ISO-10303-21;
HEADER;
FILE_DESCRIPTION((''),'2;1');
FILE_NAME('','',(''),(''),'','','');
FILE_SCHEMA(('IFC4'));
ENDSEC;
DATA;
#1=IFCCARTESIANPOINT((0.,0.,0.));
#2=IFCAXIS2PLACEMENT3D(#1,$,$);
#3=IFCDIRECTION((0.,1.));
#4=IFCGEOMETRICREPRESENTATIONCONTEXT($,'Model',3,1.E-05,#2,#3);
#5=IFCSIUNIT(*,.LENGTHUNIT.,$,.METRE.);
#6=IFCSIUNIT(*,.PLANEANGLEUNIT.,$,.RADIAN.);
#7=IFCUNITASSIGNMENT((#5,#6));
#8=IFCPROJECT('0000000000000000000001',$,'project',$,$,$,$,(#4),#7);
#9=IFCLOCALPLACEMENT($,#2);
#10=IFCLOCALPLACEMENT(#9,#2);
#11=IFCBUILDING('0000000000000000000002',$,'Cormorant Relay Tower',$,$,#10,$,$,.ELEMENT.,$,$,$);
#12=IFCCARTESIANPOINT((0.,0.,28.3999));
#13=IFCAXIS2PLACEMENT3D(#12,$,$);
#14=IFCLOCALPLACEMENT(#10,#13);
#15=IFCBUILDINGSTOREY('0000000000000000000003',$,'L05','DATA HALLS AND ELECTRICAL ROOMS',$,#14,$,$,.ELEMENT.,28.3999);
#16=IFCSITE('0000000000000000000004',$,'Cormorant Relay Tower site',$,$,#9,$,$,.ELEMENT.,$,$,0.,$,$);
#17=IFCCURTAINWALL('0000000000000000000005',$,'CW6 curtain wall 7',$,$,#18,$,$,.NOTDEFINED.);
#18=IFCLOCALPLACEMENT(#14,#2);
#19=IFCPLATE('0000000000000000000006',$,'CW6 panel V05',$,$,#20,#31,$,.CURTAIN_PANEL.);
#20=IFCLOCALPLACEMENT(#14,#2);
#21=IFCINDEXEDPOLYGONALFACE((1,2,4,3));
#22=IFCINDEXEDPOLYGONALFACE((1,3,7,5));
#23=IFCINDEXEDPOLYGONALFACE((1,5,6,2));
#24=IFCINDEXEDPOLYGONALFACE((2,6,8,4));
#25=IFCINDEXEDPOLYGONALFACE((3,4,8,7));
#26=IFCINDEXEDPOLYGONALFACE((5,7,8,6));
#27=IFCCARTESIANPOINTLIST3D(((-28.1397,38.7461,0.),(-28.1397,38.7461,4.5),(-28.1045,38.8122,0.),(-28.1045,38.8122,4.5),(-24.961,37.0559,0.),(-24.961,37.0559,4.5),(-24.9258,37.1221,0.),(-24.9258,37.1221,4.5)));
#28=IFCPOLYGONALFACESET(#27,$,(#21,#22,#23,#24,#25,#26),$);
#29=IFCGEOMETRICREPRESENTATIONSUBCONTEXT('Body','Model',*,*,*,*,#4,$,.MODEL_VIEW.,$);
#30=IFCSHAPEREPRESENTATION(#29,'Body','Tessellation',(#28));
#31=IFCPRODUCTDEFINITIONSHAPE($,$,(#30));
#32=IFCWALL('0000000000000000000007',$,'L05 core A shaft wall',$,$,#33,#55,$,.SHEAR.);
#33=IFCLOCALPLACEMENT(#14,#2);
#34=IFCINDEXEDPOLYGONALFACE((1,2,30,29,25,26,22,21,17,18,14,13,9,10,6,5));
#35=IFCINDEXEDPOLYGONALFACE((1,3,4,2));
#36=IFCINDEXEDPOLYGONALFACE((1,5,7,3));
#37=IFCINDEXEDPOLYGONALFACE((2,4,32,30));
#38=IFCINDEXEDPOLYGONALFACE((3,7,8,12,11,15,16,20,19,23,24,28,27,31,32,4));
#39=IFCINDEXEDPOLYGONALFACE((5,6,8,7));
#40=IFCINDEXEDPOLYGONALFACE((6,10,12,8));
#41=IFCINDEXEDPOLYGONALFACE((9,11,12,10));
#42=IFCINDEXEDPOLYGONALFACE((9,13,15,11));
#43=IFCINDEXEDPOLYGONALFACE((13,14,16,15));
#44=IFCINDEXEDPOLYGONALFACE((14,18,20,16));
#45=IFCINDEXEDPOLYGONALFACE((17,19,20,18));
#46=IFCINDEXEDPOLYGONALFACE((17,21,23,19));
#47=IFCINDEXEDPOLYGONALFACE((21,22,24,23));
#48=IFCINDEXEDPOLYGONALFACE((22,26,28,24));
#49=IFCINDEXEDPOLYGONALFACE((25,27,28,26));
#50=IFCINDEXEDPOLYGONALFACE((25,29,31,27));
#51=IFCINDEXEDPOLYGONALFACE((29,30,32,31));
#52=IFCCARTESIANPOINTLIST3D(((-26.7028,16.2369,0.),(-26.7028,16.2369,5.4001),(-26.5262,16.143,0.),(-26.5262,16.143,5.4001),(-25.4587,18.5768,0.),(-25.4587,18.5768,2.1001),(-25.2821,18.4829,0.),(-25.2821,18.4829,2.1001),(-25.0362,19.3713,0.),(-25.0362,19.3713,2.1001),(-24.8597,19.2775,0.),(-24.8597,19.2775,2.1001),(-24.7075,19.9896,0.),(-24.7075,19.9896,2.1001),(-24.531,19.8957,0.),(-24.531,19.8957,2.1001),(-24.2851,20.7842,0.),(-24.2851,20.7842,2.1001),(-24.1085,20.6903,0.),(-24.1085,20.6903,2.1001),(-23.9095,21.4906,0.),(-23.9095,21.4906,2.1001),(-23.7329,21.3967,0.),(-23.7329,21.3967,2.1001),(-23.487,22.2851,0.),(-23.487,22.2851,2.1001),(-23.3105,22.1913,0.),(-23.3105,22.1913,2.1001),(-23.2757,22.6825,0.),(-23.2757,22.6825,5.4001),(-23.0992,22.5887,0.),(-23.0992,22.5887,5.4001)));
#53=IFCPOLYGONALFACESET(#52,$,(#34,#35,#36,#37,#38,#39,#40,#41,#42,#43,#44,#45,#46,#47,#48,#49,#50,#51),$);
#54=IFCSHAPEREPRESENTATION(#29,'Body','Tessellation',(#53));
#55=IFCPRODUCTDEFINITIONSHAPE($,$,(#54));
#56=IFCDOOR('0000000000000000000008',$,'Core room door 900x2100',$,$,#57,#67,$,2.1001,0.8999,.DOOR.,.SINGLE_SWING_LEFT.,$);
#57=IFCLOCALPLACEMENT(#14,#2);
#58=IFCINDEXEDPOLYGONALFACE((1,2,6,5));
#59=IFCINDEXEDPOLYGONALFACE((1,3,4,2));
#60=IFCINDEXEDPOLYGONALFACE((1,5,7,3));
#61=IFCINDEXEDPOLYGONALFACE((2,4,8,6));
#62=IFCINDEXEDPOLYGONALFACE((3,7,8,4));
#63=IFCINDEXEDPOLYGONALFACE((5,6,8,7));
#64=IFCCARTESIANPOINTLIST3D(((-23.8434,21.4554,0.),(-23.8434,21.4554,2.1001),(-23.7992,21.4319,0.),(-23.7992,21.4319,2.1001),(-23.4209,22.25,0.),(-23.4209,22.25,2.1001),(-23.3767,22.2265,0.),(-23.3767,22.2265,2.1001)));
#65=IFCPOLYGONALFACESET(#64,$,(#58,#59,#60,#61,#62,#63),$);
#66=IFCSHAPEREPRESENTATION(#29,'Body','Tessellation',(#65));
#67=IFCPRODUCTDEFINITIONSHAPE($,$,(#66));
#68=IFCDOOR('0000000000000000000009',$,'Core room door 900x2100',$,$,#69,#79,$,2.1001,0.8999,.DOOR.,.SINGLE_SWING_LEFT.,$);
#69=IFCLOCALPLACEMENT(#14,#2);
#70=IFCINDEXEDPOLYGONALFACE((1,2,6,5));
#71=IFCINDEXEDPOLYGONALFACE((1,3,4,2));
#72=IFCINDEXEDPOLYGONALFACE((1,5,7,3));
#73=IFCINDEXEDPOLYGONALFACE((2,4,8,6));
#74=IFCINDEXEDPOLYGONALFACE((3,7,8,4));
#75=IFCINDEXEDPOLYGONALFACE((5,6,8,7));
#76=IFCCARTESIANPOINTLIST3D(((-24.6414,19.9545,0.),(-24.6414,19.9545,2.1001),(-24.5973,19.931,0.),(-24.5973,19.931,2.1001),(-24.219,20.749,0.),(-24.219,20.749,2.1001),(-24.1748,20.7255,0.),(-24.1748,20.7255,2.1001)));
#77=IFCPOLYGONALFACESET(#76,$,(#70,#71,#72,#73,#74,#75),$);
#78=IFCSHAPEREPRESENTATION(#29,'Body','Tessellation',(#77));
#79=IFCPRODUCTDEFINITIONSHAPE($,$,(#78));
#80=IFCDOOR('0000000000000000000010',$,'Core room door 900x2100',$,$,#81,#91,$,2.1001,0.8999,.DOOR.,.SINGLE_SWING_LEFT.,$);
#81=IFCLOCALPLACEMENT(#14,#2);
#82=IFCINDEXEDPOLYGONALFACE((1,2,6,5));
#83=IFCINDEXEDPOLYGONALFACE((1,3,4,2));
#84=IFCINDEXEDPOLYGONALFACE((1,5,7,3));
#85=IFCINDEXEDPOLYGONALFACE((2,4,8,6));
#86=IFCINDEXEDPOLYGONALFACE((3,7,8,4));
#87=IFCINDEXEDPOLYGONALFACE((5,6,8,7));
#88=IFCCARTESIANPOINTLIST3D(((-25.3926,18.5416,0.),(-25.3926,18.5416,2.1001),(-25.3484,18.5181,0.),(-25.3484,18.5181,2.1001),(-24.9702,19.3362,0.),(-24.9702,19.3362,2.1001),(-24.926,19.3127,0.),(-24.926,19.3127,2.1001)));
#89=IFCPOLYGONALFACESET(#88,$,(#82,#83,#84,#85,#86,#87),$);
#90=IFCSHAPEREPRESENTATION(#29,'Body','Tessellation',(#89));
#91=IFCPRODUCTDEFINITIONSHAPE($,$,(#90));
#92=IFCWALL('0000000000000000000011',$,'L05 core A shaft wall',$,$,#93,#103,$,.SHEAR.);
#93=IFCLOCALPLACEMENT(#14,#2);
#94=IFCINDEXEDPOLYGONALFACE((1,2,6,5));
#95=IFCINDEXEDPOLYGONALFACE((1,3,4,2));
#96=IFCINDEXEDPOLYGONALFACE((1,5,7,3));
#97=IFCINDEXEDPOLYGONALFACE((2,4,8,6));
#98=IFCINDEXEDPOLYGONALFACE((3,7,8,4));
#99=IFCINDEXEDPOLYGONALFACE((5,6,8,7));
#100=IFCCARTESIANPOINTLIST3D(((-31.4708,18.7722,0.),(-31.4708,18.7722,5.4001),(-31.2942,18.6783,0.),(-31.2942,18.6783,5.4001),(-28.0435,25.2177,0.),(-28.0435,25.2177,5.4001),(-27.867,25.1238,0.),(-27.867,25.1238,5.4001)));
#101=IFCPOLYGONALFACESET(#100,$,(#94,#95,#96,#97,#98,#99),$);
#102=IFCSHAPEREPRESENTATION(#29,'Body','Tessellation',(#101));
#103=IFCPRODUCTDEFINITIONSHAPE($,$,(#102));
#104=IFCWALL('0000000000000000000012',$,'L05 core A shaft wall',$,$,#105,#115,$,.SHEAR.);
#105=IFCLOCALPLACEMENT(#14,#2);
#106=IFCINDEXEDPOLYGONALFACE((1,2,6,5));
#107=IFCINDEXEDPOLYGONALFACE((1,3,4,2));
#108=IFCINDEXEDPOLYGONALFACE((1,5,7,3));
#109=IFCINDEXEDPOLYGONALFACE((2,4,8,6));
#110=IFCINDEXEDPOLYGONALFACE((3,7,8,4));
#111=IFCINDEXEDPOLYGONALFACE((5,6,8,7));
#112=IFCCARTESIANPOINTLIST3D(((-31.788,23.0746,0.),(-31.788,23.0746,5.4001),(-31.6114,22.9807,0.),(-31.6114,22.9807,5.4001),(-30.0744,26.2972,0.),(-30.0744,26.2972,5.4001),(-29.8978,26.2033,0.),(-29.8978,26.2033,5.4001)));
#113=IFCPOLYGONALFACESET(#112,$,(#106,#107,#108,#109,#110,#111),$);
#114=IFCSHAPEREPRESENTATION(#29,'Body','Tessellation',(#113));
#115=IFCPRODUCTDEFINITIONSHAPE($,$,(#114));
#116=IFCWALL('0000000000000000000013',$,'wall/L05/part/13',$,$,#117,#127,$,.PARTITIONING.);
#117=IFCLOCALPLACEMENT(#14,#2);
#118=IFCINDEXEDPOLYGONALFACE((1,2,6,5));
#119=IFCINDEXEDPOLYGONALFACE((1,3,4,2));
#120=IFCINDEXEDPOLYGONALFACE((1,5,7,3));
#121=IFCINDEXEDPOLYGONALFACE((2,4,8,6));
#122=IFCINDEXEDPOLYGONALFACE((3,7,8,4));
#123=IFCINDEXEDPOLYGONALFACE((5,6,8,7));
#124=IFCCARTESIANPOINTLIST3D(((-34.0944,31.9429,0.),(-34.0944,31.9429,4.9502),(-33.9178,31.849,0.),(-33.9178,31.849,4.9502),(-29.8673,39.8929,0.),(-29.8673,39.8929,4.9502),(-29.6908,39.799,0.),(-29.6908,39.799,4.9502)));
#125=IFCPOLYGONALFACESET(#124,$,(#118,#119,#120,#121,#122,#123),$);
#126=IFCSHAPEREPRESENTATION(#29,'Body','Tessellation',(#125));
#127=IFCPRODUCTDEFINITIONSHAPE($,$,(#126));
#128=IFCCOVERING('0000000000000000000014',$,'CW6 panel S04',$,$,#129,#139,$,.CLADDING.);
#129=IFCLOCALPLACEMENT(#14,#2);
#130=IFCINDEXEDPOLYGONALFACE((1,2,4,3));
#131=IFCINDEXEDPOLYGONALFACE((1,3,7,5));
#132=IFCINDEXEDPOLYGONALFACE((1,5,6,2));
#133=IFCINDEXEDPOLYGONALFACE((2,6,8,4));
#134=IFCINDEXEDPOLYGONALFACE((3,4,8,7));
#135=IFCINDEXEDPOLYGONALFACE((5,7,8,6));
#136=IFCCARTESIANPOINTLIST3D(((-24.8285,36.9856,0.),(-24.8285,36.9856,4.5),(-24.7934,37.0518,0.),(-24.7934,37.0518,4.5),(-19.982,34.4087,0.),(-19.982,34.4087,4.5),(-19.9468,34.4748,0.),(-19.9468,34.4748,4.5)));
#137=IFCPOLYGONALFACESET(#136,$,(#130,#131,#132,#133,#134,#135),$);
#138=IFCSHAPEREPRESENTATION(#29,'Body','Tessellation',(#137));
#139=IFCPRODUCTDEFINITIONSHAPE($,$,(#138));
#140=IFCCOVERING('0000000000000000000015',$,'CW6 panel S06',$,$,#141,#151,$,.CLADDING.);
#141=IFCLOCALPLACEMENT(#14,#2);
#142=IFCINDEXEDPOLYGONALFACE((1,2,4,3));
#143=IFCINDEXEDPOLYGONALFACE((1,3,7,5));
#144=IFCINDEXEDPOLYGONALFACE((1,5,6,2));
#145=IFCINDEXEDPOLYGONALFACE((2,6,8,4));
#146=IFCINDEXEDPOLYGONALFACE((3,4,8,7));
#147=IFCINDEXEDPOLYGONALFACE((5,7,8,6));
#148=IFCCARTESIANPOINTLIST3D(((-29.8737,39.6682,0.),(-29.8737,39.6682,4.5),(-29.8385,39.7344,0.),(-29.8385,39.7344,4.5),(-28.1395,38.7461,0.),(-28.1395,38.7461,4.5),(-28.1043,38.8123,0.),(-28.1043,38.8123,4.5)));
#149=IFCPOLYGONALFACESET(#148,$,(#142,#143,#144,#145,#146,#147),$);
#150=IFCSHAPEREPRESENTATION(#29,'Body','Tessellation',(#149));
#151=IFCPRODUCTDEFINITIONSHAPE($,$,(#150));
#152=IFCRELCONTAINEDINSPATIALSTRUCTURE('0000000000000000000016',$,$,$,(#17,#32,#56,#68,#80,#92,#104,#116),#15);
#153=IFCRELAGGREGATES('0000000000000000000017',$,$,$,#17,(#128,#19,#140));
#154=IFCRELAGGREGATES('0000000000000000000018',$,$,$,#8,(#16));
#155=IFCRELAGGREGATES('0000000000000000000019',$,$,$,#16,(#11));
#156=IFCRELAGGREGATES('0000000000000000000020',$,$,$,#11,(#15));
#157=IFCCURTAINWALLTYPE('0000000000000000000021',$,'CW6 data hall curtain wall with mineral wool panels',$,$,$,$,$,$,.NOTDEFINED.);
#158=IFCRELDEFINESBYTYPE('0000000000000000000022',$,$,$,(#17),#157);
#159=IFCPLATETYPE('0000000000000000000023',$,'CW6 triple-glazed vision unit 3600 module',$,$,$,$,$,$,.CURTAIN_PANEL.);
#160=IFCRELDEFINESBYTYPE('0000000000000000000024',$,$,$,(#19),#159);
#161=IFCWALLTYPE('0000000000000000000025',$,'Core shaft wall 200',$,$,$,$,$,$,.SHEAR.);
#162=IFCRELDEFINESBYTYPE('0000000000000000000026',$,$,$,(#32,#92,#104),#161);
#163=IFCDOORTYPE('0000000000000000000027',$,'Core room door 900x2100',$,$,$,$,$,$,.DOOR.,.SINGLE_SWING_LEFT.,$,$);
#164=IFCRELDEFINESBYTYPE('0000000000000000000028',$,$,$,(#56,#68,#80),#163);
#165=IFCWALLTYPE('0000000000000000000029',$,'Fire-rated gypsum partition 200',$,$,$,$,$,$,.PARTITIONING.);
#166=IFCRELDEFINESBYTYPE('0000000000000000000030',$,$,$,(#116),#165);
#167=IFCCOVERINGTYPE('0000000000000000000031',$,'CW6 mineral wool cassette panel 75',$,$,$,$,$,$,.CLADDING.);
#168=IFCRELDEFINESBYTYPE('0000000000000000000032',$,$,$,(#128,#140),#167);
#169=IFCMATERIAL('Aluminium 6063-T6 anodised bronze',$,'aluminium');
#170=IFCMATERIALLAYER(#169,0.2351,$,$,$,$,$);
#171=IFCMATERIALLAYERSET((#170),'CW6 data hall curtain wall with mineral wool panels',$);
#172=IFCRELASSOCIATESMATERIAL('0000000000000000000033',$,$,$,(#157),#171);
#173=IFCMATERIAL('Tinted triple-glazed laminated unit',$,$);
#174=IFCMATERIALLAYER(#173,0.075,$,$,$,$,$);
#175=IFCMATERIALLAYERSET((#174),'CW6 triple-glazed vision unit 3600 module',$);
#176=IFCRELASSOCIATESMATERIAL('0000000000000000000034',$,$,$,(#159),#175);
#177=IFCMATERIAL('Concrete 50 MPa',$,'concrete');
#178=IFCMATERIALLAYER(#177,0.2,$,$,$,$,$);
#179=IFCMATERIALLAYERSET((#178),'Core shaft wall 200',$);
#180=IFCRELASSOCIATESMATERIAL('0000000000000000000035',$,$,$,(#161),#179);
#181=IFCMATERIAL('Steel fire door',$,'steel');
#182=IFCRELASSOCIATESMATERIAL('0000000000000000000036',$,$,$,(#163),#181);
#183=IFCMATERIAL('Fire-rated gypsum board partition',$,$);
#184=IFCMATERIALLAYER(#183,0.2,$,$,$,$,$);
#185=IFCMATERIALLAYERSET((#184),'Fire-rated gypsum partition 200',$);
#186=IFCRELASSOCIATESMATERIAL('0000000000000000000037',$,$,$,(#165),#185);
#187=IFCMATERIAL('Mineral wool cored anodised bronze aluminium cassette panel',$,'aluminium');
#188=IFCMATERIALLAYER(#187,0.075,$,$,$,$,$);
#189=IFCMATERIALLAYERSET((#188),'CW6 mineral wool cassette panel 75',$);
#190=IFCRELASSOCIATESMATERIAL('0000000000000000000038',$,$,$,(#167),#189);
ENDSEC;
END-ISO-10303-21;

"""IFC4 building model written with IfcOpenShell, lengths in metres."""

from ifc_helpers import new_model, si_unit, direction, frame, frame_2d, origin, origin_2d, place, context, subcontext, project, spatial, rectangle, extrude, material, layer, layer_set, type_object, element, fill, aggregate, save


model = new_model("IFC4")

# Units and contexts
model_context = context("Model", 3, precision=1e-05, world=origin(), true_north=direction((0.0, 1.0)))
body_context = subcontext(model_context, "Body", "Model", "MODEL_VIEW")
ifc_project = project(units=[si_unit("LENGTHUNIT", "METRE"), si_unit("PLANEANGLEUNIT", "RADIAN")], contexts=[model_context])

# Site, building, storey
site_placement = place(None, origin())
site = spatial("IfcSite", under=ifc_project, at=site_placement, Name="Cormorant Relay Tower site", CompositionType="ELEMENT", RefElevation=0.0)
building_placement = place(site_placement, origin())
building = spatial("IfcBuilding", under=site, at=building_placement, Name="Cormorant Relay Tower", CompositionType="ELEMENT")
storey_placement = place(building_placement, frame((0.0, 0.0, 28.3999)))
storey = spatial("IfcBuildingStorey", under=building, at=storey_placement, Name="L05", Description="DATA HALLS AND ELECTRICAL ROOMS", CompositionType="ELEMENT", Elevation=28.3999)

# Curtain wall
ifc_material_1 = material(Name="Aluminium 6063-T6 anodised bronze", Category="aluminium")
ifc_layer_1 = layer(ifc_material_1, 0.2351)
ifc_layer_set_1 = layer_set([ifc_layer_1], Name="CW6 data hall curtain wall with mineral wool panels")
curtain_wall_type = type_object("IfcCurtainWallType", Name="CW6 data hall curtain wall with mineral wool panels", PredefinedType="NOTDEFINED", material=ifc_layer_set_1)
curtain_wall_1_placement = place(storey_placement, origin())
curtain_wall_1 = element("IfcCurtainWall", 1, at=curtain_wall_1_placement, inside=storey, type_object=curtain_wall_type, Name="CW6 curtain wall 7", PredefinedType="NOTDEFINED")

# Plate
ifc_material_2 = material(Name="Tinted triple-glazed laminated unit")
ifc_layer_2 = layer(ifc_material_2, 0.075)
ifc_layer_set_2 = layer_set([ifc_layer_2], Name="CW6 triple-glazed vision unit 3600 module")
plate_type = type_object("IfcPlateType", Name="CW6 triple-glazed vision unit 3600 module", PredefinedType="CURTAIN_PANEL", material=ifc_layer_set_2)
plate_placement = place(storey_placement, frame((-26.5327, 37.9341, 0.0), z_axis=(0.0, 0.0, 1.0), x_axis=(-0.882948, 0.469472, 0.0)))
plate = element("IfcPlate", 2, at=plate_placement, type_object=plate_type, Name="CW6 panel V05", PredefinedType="CURTAIN_PANEL", context=body_context, shape_type="SweptSolid", body=[
    extrude(rectangle(XDim=3.6001, YDim=0.075, at=origin_2d()), origin(), (0.0, 0.0, 1.0), 4.5),
])

# Wall, openings, doors
ifc_material_3 = material(Name="Concrete 50 MPa", Category="concrete")
ifc_layer_3 = layer(ifc_material_3, 0.2)
ifc_layer_set_3 = layer_set([ifc_layer_3], Name="Core shaft wall 200")
wall_type_1 = type_object("IfcWallType", Name="Core shaft wall 200", PredefinedType="SHEAR", material=ifc_layer_set_3)
wall_1_placement = place(storey_placement, frame((-23.1875, 22.6355, 0.0), z_axis=(0.0, 0.0, 1.0), x_axis=(-0.469454, -0.882957, 0.0)))
wall_1 = element("IfcWall", 3, at=wall_1_placement, inside=storey, type_object=wall_type_1, Name="L05 core A shaft wall", PredefinedType="SHEAR", context=body_context, shape_type="SweptSolid", body=[
    extrude(rectangle(XDim=7.3, YDim=0.2, at=frame_2d((3.6499, 0.0))), origin(), (0.0, 0.0, 1.0), 5.4001),
])
opening_1_placement = place(wall_1_placement, frame((0.45, 0.0, 0.0)))
opening_1 = element("IfcOpeningElement", 4, at=opening_1_placement, cuts=wall_1, PredefinedType="OPENING", context=body_context, shape_type="SweptSolid", body=[
    extrude(rectangle(XDim=0.8999, YDim=2.1001, at=frame_2d((0.45, 1.05))), frame((0.0, 0.1099, 0.0), z_axis=(0.0, -1.0, 0.0), x_axis=(1.0, 0.0, 0.0)), (0.0, 0.0, 1.0), 0.22),
])
opening_2_placement = place(wall_1_placement, frame((2.1499, 0.0, 0.0)))
opening_2 = element("IfcOpeningElement", 5, at=opening_2_placement, cuts=wall_1, PredefinedType="OPENING", context=body_context, shape_type="SweptSolid", body=[
    extrude(rectangle(XDim=0.8999, YDim=2.1001, at=frame_2d((0.45, 1.05))), frame((0.0, 0.1099, 0.0), z_axis=(0.0, -1.0, 0.0), x_axis=(1.0, 0.0, 0.0)), (0.0, 0.0, 1.0), 0.22),
])
opening_3_placement = place(wall_1_placement, frame((3.75, 0.0, 0.0)))
opening_3 = element("IfcOpeningElement", 6, at=opening_3_placement, cuts=wall_1, PredefinedType="OPENING", context=body_context, shape_type="SweptSolid", body=[
    extrude(rectangle(XDim=0.8999, YDim=2.1001, at=frame_2d((0.45, 1.05))), frame((0.0, 0.1099, 0.0), z_axis=(0.0, -1.0, 0.0), x_axis=(1.0, 0.0, 0.0)), (0.0, 0.0, 1.0), 0.22),
])
ifc_material_4 = material(Name="Steel fire door", Category="steel")
door_type_1 = type_object("IfcDoorType", Name="Core room door 900x2100", OperationType="SINGLE_SWING_LEFT", PredefinedType="DOOR", material=ifc_material_4)
door_1_placement = place(opening_1_placement, origin())
door_1 = element("IfcDoor", 7, at=door_1_placement, inside=storey, type_object=door_type_1, Name="Core room door 900x2100", OperationType="SINGLE_SWING_LEFT", OverallHeight=2.1001, OverallWidth=0.8999, PredefinedType="DOOR", context=body_context, shape_type="SweptSolid", body=[
    extrude(rectangle(XDim=0.8999, YDim=2.1001, at=frame_2d((0.45, 1.05))), frame((0.0, 0.0249, 0.0), z_axis=(0.0, -1.0, 0.0), x_axis=(1.0, 0.0, 0.0)), (0.0, 0.0, 1.0), 0.05),
])
fill(opening_1, door_1)
door_2_placement = place(opening_2_placement, origin())
door_2 = element("IfcDoor", 8, at=door_2_placement, inside=storey, type_object=door_type_1, Name="Core room door 900x2100", OperationType="SINGLE_SWING_LEFT", OverallHeight=2.1001, OverallWidth=0.8999, PredefinedType="DOOR", context=body_context, shape_type="SweptSolid", body=[
    extrude(rectangle(XDim=0.8999, YDim=2.1001, at=frame_2d((0.45, 1.05))), frame((0.0, 0.0249, 0.0), z_axis=(0.0, -1.0, 0.0), x_axis=(1.0, 0.0, 0.0)), (0.0, 0.0, 1.0), 0.05),
])
fill(opening_2, door_2)
door_3_placement = place(opening_3_placement, origin())
door_3 = element("IfcDoor", 9, at=door_3_placement, inside=storey, type_object=door_type_1, Name="Core room door 900x2100", OperationType="SINGLE_SWING_LEFT", OverallHeight=2.1001, OverallWidth=0.8999, PredefinedType="DOOR", context=body_context, shape_type="SweptSolid", body=[
    extrude(rectangle(XDim=0.8999, YDim=2.1001, at=frame_2d((0.45, 1.05))), frame((0.0, 0.0249, 0.0), z_axis=(0.0, -1.0, 0.0), x_axis=(1.0, 0.0, 0.0)), (0.0, 0.0, 1.0), 0.05),
])
fill(opening_3, door_3)

# Walls
wall_2_placement = place(storey_placement, frame((-27.9553, 25.1707, 0.0), z_axis=(0.0, 0.0, 1.0), x_axis=(-0.46948, -0.882943, 0.0)))
element("IfcWall", 10, at=wall_2_placement, inside=storey, type_object=wall_type_1, Name="L05 core A shaft wall", PredefinedType="SHEAR", context=body_context, shape_type="SweptSolid", body=[
    extrude(rectangle(XDim=7.3, YDim=0.2, at=frame_2d((3.6499, 0.0))), origin(), (0.0, 0.0, 1.0), 5.4001),
])
wall_3_placement = place(storey_placement, frame((-29.9861, 26.2502, 0.0), z_axis=(0.0, 0.0, 1.0), x_axis=(-0.469494, -0.882936, 0.0)))
element("IfcWall", 11, at=wall_3_placement, inside=storey, type_object=wall_type_1, Name="L05 core A shaft wall", PredefinedType="SHEAR", context=body_context, shape_type="SweptSolid", body=[
    extrude(rectangle(XDim=3.6499, YDim=0.2, at=frame_2d((1.825, 0.0))), origin(), (0.0, 0.0, 1.0), 5.4001),
])

# Wall
ifc_material_5 = material(Name="Fire-rated gypsum board partition")
ifc_layer_4 = layer(ifc_material_5, 0.2)
ifc_layer_set_4 = layer_set([ifc_layer_4], Name="Fire-rated gypsum partition 200")
wall_type_2 = type_object("IfcWallType", Name="Fire-rated gypsum partition 200", PredefinedType="PARTITIONING", material=ifc_layer_set_4)
wall_4_placement = place(storey_placement, frame((-29.7791, 39.8459, 0.0), z_axis=(0.0, 0.0, 1.0), x_axis=(-0.46947, -0.882948, 0.0)))
element("IfcWall", 12, at=wall_4_placement, inside=storey, type_object=wall_type_2, Name="wall/L05/part/13", PredefinedType="PARTITIONING", context=body_context, shape_type="SweptSolid", body=[
    extrude(rectangle(XDim=9.0039, YDim=0.2, at=frame_2d((4.502, 0.0))), origin(), (0.0, 0.0, 1.0), 4.9502),
])

# Coverings
ifc_material_6 = material(Name="Mineral wool cored anodised bronze aluminium cassette panel", Category="aluminium")
ifc_layer_5 = layer(ifc_material_6, 0.075)
ifc_layer_set_5 = layer_set([ifc_layer_5], Name="CW6 mineral wool cassette panel 75")
covering_type = type_object("IfcCoveringType", Name="CW6 mineral wool cassette panel 75", PredefinedType="CLADDING", material=ifc_layer_set_5)
covering_1_placement = place(storey_placement, frame((-22.3877, 35.7302, 0.0), z_axis=(0.0, 0.0, 1.0), x_axis=(-0.882948, 0.469472, 0.0)))
covering_1 = element("IfcCovering", 13, at=covering_1_placement, type_object=covering_type, Name="CW6 panel S04", PredefinedType="CLADDING", context=body_context, shape_type="SweptSolid", body=[
    extrude(rectangle(XDim=5.489, YDim=0.075, at=origin_2d()), origin(), (0.0, 0.0, 1.0), 4.5),
])
covering_2_placement = place(storey_placement, frame((-28.989, 39.2402, 0.0), z_axis=(0.0, 0.0, 1.0), x_axis=(-0.882948, 0.469472, 0.0)))
covering_2 = element("IfcCovering", 14, at=covering_2_placement, type_object=covering_type, Name="CW6 panel S06", PredefinedType="CLADDING", context=body_context, shape_type="SweptSolid", body=[
    extrude(rectangle(XDim=1.9641, YDim=0.075, at=origin_2d()), origin(), (0.0, 0.0, 1.0), 4.5),
])
aggregate(curtain_wall_1, [covering_1, plate, covering_2])

save(model, "model.ifc")
